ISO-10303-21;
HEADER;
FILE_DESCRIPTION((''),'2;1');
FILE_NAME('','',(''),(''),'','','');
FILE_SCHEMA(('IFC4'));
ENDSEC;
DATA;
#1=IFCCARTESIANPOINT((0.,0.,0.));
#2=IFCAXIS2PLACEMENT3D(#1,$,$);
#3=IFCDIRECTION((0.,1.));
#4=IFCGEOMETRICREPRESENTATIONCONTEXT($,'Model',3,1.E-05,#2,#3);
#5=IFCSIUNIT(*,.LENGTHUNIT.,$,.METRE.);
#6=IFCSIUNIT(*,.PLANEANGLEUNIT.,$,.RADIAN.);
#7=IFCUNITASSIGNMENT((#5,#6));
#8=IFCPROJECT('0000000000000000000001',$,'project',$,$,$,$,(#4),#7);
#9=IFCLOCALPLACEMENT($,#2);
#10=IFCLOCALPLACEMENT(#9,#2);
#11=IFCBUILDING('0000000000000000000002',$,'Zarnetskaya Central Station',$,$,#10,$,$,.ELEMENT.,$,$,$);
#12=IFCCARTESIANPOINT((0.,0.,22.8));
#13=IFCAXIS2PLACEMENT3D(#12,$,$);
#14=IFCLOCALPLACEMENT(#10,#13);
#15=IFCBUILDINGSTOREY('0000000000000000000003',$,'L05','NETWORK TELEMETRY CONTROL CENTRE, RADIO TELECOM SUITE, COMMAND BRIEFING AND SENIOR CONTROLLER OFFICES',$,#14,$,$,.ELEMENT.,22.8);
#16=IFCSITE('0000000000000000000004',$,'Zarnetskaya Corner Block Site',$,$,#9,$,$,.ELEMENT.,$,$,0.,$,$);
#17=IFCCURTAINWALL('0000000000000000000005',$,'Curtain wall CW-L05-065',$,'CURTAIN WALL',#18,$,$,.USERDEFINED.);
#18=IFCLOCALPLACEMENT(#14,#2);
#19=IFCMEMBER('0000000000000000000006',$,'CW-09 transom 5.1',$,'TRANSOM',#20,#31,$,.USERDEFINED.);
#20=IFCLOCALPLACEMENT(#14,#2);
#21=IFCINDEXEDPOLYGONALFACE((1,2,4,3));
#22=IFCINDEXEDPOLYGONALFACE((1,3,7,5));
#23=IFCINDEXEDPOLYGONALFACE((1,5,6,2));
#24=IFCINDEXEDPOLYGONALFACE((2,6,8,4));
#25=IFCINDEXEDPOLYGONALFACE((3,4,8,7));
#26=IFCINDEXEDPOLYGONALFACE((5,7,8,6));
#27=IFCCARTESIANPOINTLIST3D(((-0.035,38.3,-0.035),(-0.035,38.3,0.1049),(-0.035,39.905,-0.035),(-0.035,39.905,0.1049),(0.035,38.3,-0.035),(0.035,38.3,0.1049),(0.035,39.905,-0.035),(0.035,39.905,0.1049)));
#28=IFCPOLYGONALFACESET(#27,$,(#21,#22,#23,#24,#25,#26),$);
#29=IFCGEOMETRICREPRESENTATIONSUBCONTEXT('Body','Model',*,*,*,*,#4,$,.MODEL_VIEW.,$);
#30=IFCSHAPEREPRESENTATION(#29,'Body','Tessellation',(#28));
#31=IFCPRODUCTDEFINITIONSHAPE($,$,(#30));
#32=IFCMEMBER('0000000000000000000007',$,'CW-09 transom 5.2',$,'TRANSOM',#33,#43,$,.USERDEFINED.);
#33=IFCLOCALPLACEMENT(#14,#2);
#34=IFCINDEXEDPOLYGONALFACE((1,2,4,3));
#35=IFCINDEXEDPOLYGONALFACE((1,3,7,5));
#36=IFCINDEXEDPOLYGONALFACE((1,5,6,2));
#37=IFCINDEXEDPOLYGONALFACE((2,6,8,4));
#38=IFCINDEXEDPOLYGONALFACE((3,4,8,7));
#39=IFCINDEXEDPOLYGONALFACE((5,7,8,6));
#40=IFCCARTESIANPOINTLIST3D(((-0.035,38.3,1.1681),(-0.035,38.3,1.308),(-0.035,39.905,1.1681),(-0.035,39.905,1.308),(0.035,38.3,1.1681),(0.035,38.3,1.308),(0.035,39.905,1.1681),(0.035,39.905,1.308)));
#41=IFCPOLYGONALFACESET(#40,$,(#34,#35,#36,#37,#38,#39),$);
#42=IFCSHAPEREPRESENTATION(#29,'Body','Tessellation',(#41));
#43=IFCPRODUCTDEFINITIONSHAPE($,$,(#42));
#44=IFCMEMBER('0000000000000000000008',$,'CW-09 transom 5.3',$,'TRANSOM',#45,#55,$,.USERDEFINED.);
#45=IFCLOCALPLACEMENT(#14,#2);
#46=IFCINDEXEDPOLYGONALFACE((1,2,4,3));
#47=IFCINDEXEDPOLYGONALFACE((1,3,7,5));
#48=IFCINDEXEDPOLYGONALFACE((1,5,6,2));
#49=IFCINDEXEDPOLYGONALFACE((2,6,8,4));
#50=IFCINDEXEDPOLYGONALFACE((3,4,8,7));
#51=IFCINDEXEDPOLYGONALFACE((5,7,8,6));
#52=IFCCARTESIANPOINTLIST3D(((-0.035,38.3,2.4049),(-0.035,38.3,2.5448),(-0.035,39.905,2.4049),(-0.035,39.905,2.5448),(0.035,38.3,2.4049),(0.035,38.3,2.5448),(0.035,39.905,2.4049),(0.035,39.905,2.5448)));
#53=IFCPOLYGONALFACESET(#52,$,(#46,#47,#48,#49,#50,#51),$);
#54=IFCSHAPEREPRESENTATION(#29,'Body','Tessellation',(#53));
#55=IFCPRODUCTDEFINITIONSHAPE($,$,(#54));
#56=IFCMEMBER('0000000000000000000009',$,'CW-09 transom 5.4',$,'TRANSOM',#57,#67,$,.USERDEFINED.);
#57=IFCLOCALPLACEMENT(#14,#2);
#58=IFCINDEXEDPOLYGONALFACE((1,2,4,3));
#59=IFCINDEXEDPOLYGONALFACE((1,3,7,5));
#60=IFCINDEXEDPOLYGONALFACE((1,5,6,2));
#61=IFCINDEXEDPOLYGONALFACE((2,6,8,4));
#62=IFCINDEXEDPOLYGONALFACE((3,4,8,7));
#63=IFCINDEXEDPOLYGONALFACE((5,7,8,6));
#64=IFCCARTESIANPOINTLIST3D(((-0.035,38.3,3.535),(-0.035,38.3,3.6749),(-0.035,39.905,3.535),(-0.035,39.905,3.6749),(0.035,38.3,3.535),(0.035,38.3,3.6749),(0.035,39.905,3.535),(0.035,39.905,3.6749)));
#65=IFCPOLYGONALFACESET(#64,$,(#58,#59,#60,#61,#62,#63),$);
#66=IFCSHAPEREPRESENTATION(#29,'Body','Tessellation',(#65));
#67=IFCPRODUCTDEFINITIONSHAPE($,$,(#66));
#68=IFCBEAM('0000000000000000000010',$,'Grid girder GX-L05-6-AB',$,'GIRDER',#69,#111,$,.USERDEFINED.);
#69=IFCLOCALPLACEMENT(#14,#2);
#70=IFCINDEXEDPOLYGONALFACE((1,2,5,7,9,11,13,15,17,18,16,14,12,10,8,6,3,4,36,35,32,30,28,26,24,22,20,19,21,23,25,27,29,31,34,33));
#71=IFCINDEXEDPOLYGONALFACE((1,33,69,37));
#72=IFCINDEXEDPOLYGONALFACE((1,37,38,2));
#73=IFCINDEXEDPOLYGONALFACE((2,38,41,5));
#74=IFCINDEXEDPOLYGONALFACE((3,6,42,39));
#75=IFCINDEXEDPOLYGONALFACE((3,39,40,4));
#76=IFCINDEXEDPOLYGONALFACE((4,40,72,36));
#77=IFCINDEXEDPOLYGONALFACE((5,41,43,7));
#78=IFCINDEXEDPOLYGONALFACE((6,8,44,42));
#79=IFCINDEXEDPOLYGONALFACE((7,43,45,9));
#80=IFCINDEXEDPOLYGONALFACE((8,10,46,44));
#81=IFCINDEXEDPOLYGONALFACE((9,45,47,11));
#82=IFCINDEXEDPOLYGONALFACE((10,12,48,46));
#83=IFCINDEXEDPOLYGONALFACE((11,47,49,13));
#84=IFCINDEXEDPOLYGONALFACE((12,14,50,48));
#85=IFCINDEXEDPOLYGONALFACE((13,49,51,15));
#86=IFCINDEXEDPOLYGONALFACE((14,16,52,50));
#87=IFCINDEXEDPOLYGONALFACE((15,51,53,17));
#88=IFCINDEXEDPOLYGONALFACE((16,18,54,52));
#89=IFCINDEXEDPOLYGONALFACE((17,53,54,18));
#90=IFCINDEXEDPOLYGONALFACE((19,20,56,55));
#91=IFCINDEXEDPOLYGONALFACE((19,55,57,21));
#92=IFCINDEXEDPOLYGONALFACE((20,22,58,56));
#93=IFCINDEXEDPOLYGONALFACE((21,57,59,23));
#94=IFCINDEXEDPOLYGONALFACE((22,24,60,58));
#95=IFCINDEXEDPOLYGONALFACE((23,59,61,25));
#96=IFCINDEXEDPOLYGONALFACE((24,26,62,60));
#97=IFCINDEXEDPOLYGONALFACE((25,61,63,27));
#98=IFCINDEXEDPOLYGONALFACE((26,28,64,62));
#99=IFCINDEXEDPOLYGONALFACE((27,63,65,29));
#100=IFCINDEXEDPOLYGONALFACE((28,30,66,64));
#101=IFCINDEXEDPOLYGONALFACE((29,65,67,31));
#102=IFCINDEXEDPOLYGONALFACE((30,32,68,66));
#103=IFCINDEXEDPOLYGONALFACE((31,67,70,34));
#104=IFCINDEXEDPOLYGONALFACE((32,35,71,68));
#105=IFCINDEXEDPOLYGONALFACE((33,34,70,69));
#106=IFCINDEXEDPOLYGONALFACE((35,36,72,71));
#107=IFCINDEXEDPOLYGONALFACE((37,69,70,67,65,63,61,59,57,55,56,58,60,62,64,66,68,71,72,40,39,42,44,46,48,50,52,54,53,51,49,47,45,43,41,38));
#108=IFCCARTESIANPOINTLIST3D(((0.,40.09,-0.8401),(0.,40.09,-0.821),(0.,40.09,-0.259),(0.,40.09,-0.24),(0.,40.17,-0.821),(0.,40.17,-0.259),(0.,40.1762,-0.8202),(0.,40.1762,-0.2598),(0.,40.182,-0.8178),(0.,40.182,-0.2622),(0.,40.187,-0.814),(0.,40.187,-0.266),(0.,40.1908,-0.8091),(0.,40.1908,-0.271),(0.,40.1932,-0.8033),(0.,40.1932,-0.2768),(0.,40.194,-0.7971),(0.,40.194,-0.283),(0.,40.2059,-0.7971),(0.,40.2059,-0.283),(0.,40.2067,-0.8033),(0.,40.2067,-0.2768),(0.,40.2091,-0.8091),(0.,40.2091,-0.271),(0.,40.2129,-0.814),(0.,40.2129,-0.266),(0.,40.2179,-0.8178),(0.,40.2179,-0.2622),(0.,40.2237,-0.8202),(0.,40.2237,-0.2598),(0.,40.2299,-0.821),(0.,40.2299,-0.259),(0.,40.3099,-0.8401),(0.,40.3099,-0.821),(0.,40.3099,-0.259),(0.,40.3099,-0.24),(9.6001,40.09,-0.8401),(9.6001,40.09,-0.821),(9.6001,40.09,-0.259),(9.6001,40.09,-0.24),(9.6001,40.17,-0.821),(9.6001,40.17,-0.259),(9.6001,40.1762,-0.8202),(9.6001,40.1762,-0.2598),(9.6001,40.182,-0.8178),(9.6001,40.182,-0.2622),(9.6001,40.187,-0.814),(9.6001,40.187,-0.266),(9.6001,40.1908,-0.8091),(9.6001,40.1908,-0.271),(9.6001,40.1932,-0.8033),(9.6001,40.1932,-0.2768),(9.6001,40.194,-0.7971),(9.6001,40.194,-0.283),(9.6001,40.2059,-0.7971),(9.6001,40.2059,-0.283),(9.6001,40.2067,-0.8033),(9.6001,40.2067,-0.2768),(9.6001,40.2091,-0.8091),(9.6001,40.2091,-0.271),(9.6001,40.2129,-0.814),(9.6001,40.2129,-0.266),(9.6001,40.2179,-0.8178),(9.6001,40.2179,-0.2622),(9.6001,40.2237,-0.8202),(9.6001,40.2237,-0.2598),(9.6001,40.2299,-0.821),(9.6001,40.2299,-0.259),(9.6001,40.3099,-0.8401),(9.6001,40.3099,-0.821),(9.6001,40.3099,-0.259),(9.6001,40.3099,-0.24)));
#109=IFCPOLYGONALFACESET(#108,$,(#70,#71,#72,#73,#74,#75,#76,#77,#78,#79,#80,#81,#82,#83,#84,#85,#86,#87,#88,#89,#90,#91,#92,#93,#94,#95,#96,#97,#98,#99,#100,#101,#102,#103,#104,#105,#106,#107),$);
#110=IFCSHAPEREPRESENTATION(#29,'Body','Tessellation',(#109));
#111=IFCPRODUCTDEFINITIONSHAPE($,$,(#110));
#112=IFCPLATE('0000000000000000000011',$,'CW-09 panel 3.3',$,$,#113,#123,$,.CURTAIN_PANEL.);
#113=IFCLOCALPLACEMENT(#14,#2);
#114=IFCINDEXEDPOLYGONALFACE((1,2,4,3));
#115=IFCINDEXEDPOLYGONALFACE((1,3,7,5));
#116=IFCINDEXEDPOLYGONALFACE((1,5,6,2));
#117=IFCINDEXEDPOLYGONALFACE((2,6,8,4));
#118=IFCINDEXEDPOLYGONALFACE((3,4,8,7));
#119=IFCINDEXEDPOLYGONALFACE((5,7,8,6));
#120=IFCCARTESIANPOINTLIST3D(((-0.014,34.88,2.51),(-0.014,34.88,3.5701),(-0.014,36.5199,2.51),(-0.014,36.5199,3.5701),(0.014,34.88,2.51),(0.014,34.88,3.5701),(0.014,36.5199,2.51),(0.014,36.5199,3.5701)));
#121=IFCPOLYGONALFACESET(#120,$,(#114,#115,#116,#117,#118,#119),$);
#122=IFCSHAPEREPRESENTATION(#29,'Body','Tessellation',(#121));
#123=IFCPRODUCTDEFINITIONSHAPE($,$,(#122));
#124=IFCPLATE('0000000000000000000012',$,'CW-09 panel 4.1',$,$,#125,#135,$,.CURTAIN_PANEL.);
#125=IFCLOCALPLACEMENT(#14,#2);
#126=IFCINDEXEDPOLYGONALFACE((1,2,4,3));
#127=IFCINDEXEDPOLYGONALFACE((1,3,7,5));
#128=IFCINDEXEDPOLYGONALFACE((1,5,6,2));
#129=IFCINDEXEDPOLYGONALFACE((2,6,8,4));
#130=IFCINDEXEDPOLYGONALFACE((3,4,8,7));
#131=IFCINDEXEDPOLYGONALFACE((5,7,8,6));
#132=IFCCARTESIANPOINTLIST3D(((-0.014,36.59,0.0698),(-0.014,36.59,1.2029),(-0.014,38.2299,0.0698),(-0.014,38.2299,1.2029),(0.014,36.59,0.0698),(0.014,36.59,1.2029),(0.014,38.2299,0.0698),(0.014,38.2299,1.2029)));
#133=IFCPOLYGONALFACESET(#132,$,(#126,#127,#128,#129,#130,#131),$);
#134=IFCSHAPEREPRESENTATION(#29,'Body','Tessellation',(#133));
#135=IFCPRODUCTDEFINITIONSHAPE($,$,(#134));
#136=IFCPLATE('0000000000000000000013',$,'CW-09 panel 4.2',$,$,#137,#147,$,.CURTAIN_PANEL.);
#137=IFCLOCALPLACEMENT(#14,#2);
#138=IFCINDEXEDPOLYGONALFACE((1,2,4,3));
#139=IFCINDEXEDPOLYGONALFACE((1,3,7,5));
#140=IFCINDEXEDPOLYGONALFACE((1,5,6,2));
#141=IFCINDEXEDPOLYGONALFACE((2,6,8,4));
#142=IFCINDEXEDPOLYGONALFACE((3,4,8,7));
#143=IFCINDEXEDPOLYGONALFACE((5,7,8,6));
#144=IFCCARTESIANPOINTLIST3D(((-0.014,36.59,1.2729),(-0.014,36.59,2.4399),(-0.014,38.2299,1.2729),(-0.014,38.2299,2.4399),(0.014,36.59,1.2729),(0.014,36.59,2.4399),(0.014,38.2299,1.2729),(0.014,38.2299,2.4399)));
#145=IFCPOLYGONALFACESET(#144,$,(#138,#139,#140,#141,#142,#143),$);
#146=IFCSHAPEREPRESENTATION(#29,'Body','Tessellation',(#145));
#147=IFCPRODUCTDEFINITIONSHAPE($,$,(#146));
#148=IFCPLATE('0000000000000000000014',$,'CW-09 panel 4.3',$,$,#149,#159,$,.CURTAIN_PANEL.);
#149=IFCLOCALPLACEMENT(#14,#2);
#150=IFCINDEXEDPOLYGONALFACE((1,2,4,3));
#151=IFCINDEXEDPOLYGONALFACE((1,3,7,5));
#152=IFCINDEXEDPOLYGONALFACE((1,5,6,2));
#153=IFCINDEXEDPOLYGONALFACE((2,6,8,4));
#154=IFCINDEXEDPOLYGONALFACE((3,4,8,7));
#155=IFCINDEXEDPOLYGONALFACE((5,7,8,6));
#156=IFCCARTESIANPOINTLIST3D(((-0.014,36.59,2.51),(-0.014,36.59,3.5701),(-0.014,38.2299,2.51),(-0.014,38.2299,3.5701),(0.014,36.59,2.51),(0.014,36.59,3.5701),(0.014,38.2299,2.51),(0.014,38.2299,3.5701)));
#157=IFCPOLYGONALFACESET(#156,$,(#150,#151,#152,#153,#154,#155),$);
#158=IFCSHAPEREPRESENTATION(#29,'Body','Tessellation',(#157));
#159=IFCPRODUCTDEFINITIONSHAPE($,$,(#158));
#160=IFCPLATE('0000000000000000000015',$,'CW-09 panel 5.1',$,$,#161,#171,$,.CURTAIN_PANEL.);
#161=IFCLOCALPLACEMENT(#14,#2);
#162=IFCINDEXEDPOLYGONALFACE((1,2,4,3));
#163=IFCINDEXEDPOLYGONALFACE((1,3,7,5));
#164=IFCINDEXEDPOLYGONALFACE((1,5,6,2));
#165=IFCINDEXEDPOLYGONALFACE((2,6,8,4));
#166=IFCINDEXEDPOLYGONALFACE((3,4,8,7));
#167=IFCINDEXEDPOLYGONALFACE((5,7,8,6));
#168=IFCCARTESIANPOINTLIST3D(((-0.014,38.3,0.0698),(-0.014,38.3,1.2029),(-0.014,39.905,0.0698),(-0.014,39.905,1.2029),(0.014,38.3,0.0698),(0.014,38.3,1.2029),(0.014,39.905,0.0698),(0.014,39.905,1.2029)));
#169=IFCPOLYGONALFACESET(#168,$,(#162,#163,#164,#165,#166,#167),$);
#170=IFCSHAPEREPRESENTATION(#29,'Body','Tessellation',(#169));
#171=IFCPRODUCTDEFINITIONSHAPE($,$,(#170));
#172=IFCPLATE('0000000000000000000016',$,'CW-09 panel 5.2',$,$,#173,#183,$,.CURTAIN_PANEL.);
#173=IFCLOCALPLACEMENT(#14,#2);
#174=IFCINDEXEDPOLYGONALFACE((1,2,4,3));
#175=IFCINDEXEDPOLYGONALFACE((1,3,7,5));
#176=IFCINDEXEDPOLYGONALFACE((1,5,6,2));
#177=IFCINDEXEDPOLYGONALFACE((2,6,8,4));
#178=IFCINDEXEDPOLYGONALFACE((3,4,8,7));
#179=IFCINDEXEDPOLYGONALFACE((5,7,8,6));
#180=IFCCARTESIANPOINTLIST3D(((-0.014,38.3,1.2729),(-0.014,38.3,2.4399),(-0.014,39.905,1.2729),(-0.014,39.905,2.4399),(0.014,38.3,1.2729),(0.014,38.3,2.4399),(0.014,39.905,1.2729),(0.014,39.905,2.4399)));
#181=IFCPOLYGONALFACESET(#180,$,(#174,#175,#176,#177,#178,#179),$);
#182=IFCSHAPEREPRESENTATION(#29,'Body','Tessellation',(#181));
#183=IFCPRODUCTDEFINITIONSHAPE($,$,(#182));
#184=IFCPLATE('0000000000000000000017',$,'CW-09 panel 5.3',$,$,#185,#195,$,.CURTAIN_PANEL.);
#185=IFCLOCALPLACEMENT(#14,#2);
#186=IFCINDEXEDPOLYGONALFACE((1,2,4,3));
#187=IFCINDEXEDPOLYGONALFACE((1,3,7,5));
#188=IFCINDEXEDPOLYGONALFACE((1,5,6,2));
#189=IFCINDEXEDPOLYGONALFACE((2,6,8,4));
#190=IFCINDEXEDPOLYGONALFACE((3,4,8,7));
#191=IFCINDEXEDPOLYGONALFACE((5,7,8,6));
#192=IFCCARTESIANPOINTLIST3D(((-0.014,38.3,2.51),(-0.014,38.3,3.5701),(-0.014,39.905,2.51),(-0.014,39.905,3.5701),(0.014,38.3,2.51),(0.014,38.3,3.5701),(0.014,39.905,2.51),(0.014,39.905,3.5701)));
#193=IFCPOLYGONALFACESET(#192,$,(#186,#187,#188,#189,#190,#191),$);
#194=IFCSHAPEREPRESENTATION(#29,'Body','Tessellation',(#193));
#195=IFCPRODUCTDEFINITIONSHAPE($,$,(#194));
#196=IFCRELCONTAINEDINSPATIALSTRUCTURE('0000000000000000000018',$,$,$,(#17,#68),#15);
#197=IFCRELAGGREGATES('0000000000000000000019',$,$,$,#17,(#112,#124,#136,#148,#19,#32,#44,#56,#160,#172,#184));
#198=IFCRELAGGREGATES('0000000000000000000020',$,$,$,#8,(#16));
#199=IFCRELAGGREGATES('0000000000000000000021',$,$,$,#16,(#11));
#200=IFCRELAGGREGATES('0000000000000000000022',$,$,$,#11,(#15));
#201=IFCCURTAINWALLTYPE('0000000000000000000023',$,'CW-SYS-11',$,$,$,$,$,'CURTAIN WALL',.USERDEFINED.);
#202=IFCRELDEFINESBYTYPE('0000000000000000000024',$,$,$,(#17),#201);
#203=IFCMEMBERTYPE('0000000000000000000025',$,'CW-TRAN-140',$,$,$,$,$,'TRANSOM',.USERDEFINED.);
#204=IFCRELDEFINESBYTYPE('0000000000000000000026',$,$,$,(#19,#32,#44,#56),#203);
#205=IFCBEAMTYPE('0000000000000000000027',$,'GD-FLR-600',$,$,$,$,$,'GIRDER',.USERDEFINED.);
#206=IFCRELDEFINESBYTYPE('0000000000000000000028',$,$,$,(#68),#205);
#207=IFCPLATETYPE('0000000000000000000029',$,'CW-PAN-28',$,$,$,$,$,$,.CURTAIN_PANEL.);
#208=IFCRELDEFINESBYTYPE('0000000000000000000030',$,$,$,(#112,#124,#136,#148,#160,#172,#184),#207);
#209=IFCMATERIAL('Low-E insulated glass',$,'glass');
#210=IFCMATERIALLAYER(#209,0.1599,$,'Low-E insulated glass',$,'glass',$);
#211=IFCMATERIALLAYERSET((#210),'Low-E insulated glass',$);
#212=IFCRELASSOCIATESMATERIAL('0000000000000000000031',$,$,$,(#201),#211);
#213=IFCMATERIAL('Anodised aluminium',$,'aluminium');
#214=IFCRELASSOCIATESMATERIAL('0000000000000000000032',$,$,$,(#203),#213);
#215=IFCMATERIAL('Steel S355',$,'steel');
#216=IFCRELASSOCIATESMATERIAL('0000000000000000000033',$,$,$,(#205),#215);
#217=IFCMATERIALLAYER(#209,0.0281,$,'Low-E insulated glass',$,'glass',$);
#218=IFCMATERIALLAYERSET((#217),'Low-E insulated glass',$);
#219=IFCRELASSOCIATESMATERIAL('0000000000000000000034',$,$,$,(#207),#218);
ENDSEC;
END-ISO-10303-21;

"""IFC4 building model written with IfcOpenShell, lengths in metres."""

from ifc_helpers import new_model, si_unit, direction, frame, origin, origin_2d, place, context, subcontext, project, spatial, rectangle, i_section, extrude, material, layer, layer_set, material_profile, profile_set, type_object, element, aggregate, save


model = new_model("IFC4")

# Units and contexts
model_context = context("Model", 3, precision=1e-05, world=origin(), true_north=direction((0.0, 1.0)))
body_context = subcontext(model_context, "Body", "Model", "MODEL_VIEW")
ifc_project = project(units=[si_unit("LENGTHUNIT", "METRE"), si_unit("PLANEANGLEUNIT", "RADIAN")], contexts=[model_context])

# Site, building, storey
site_placement = place(None, origin())
site = spatial("IfcSite", under=ifc_project, at=site_placement, Name="Zarnetskaya Corner Block Site", CompositionType="ELEMENT", RefElevation=0.0)
building_placement = place(site_placement, origin())
building = spatial("IfcBuilding", under=site, at=building_placement, Name="Zarnetskaya Central Station", CompositionType="ELEMENT")
storey_placement = place(building_placement, frame((0.0, 0.0, 22.8)))
storey = spatial("IfcBuildingStorey", under=building, at=storey_placement, Name="L05", Description="NETWORK TELEMETRY CONTROL CENTRE, RADIO TELECOM SUITE, COMMAND BRIEFING AND SENIOR CONTROLLER OFFICES", CompositionType="ELEMENT", Elevation=22.8)

# Shared definitions
ifc_material_1 = material(Name="Steel S355", Category="steel")

# Curtain wall, members
ifc_material_2 = material(Name="Low-E insulated glass", Category="glass")
ifc_layer_1 = layer(ifc_material_2, 0.1599, Name="Low-E insulated glass", Category="glass")
ifc_layer_set_1 = layer_set([ifc_layer_1], Name="Low-E insulated glass")
curtain_wall_type = type_object("IfcCurtainWallType", Name="CW-SYS-11", ElementType="CURTAIN WALL", PredefinedType="USERDEFINED", material=ifc_layer_set_1)
curtain_wall_placement = place(storey_placement, origin())
curtain_wall = element("IfcCurtainWall", 1, at=curtain_wall_placement, inside=storey, type_object=curtain_wall_type, Name="Curtain wall CW-L05-065", ObjectType="CURTAIN WALL", PredefinedType="USERDEFINED")
ifc_material_3 = material(Name="Anodised aluminium", Category="aluminium")
ifc_material_profile_1 = material_profile(ifc_material_3, rectangle(XDim=0.0701, YDim=0.1399, at=origin_2d()), Name="ALU TRAN 70x140")
ifc_profile_set_1 = profile_set([ifc_material_profile_1], Name="Anodised aluminium")
member_type_1 = type_object("IfcMemberType", Name="CW-TRAN-140", ElementType="TRANSOM", PredefinedType="USERDEFINED", material=ifc_profile_set_1)
member_1_placement = place(storey_placement, frame((0.0, 38.3, 0.0349), z_axis=(0.0, 1.0, 0.0), x_axis=(-1.0, 0.0, 0.0)))
member_1 = element("IfcMember", 2, at=member_1_placement, type_object=member_type_1, Name="CW-09 transom 5.1", ObjectType="TRANSOM", PredefinedType="USERDEFINED", context=body_context, shape_type="SweptSolid", body=[
    extrude(rectangle(XDim=0.0701, YDim=0.1399, at=origin_2d()), origin(), (0.0, 0.0, 1.0), 1.605),
])
member_2_placement = place(storey_placement, frame((0.0, 38.3, 1.238), z_axis=(0.0, 1.0, 0.0), x_axis=(-1.0, 0.0, 0.0)))
member_2 = element("IfcMember", 3, at=member_2_placement, type_object=member_type_1, Name="CW-09 transom 5.2", ObjectType="TRANSOM", PredefinedType="USERDEFINED", context=body_context, shape_type="SweptSolid", body=[
    extrude(rectangle(XDim=0.0701, YDim=0.1399, at=origin_2d()), origin(), (0.0, 0.0, 1.0), 1.605),
])
member_3_placement = place(storey_placement, frame((0.0, 38.3, 2.4749), z_axis=(0.0, 1.0, 0.0), x_axis=(-1.0, 0.0, 0.0)))
member_3 = element("IfcMember", 4, at=member_3_placement, type_object=member_type_1, Name="CW-09 transom 5.3", ObjectType="TRANSOM", PredefinedType="USERDEFINED", context=body_context, shape_type="SweptSolid", body=[
    extrude(rectangle(XDim=0.0701, YDim=0.1399, at=origin_2d()), origin(), (0.0, 0.0, 1.0), 1.605),
])
member_4_placement = place(storey_placement, frame((0.0, 38.3, 3.605), z_axis=(0.0, 1.0, 0.0), x_axis=(-1.0, 0.0, 0.0)))
member_4 = element("IfcMember", 5, at=member_4_placement, type_object=member_type_1, Name="CW-09 transom 5.4", ObjectType="TRANSOM", PredefinedType="USERDEFINED", context=body_context, shape_type="SweptSolid", body=[
    extrude(rectangle(XDim=0.0701, YDim=0.1399, at=origin_2d()), origin(), (0.0, 0.0, 1.0), 1.605),
])

# Beam
ifc_material_profile_2 = material_profile(ifc_material_1, i_section(OverallWidth=0.22, OverallDepth=0.6001, WebThickness=0.012, FlangeThickness=0.019, FilletRadius=0.0239, at=origin_2d()), Name="IPE 600")
ifc_profile_set_2 = profile_set([ifc_material_profile_2], Name="Steel S355")
beam_type_1 = type_object("IfcBeamType", Name="GD-FLR-600", ElementType="GIRDER", PredefinedType="USERDEFINED", material=ifc_profile_set_2)
beam_1_placement = place(storey_placement, frame((0.0, 40.2, -0.54), z_axis=(1.0, 0.0, 0.0), x_axis=(0.0, 1.0, 0.0)))
element("IfcBeam", 6, at=beam_1_placement, inside=storey, type_object=beam_type_1, Name="Grid girder GX-L05-6-AB", ObjectType="GIRDER", PredefinedType="USERDEFINED", context=body_context, shape_type="SweptSolid", body=[
    extrude(i_section(OverallWidth=0.22, OverallDepth=0.6001, WebThickness=0.012, FlangeThickness=0.019, FilletRadius=0.0239, at=origin_2d()), origin(), (0.0, 0.0, 1.0), 9.6001),
])

# Plates
ifc_layer_2 = layer(ifc_material_2, 0.0281, Name="Low-E insulated glass", Category="glass")
ifc_layer_set_2 = layer_set([ifc_layer_2], Name="Low-E insulated glass")
plate_type = type_object("IfcPlateType", Name="CW-PAN-28", PredefinedType="CURTAIN_PANEL", material=ifc_layer_set_2)
plate_1_placement = place(storey_placement, frame((0.0, 35.7, 2.51), z_axis=(0.0, 0.0, 1.0), x_axis=(0.0, 1.0, 0.0)))
plate_1 = element("IfcPlate", 7, at=plate_1_placement, type_object=plate_type, Name="CW-09 panel 3.3", PredefinedType="CURTAIN_PANEL", context=body_context, shape_type="SweptSolid", body=[
    extrude(rectangle(XDim=1.6399, YDim=0.0281, at=origin_2d()), origin(), (0.0, 0.0, 1.0), 1.0601),
])
plate_2_placement = place(storey_placement, frame((0.0, 37.4099, 0.0698), z_axis=(0.0, 0.0, 1.0), x_axis=(0.0, 1.0, 0.0)))
plate_2 = element("IfcPlate", 8, at=plate_2_placement, type_object=plate_type, Name="CW-09 panel 4.1", PredefinedType="CURTAIN_PANEL", context=body_context, shape_type="SweptSolid", body=[
    extrude(rectangle(XDim=1.6399, YDim=0.0281, at=origin_2d()), origin(), (0.0, 0.0, 1.0), 1.1331),
])
plate_3_placement = place(storey_placement, frame((0.0, 37.4099, 1.2729), z_axis=(0.0, 0.0, 1.0), x_axis=(0.0, 1.0, 0.0)))
plate_3 = element("IfcPlate", 9, at=plate_3_placement, type_object=plate_type, Name="CW-09 panel 4.2", PredefinedType="CURTAIN_PANEL", context=body_context, shape_type="SweptSolid", body=[
    extrude(rectangle(XDim=1.6399, YDim=0.0281, at=origin_2d()), origin(), (0.0, 0.0, 1.0), 1.167),
])
plate_4_placement = place(storey_placement, frame((0.0, 37.4099, 2.51), z_axis=(0.0, 0.0, 1.0), x_axis=(0.0, 1.0, 0.0)))
plate_4 = element("IfcPlate", 10, at=plate_4_placement, type_object=plate_type, Name="CW-09 panel 4.3", PredefinedType="CURTAIN_PANEL", context=body_context, shape_type="SweptSolid", body=[
    extrude(rectangle(XDim=1.6399, YDim=0.0281, at=origin_2d()), origin(), (0.0, 0.0, 1.0), 1.0601),
])
plate_5_placement = place(storey_placement, frame((0.0, 39.1025, 0.0698), z_axis=(0.0, 0.0, 1.0), x_axis=(0.0, 1.0, 0.0)))
plate_5 = element("IfcPlate", 11, at=plate_5_placement, type_object=plate_type, Name="CW-09 panel 5.1", PredefinedType="CURTAIN_PANEL", context=body_context, shape_type="SweptSolid", body=[
    extrude(rectangle(XDim=1.605, YDim=0.0281, at=origin_2d()), origin(), (0.0, 0.0, 1.0), 1.1331),
])
plate_6_placement = place(storey_placement, frame((0.0, 39.1025, 1.2729), z_axis=(0.0, 0.0, 1.0), x_axis=(0.0, 1.0, 0.0)))
plate_6 = element("IfcPlate", 12, at=plate_6_placement, type_object=plate_type, Name="CW-09 panel 5.2", PredefinedType="CURTAIN_PANEL", context=body_context, shape_type="SweptSolid", body=[
    extrude(rectangle(XDim=1.605, YDim=0.0281, at=origin_2d()), origin(), (0.0, 0.0, 1.0), 1.167),
])
plate_7_placement = place(storey_placement, frame((0.0, 39.1025, 2.51), z_axis=(0.0, 0.0, 1.0), x_axis=(0.0, 1.0, 0.0)))
plate_7 = element("IfcPlate", 13, at=plate_7_placement, type_object=plate_type, Name="CW-09 panel 5.3", PredefinedType="CURTAIN_PANEL", context=body_context, shape_type="SweptSolid", body=[
    extrude(rectangle(XDim=1.605, YDim=0.0281, at=origin_2d()), origin(), (0.0, 0.0, 1.0), 1.0601),
])
aggregate(curtain_wall, [plate_1, plate_2, plate_3, plate_4, member_1, member_2, member_3, member_4, plate_5, plate_6, plate_7])

save(model, "model.ifc")
